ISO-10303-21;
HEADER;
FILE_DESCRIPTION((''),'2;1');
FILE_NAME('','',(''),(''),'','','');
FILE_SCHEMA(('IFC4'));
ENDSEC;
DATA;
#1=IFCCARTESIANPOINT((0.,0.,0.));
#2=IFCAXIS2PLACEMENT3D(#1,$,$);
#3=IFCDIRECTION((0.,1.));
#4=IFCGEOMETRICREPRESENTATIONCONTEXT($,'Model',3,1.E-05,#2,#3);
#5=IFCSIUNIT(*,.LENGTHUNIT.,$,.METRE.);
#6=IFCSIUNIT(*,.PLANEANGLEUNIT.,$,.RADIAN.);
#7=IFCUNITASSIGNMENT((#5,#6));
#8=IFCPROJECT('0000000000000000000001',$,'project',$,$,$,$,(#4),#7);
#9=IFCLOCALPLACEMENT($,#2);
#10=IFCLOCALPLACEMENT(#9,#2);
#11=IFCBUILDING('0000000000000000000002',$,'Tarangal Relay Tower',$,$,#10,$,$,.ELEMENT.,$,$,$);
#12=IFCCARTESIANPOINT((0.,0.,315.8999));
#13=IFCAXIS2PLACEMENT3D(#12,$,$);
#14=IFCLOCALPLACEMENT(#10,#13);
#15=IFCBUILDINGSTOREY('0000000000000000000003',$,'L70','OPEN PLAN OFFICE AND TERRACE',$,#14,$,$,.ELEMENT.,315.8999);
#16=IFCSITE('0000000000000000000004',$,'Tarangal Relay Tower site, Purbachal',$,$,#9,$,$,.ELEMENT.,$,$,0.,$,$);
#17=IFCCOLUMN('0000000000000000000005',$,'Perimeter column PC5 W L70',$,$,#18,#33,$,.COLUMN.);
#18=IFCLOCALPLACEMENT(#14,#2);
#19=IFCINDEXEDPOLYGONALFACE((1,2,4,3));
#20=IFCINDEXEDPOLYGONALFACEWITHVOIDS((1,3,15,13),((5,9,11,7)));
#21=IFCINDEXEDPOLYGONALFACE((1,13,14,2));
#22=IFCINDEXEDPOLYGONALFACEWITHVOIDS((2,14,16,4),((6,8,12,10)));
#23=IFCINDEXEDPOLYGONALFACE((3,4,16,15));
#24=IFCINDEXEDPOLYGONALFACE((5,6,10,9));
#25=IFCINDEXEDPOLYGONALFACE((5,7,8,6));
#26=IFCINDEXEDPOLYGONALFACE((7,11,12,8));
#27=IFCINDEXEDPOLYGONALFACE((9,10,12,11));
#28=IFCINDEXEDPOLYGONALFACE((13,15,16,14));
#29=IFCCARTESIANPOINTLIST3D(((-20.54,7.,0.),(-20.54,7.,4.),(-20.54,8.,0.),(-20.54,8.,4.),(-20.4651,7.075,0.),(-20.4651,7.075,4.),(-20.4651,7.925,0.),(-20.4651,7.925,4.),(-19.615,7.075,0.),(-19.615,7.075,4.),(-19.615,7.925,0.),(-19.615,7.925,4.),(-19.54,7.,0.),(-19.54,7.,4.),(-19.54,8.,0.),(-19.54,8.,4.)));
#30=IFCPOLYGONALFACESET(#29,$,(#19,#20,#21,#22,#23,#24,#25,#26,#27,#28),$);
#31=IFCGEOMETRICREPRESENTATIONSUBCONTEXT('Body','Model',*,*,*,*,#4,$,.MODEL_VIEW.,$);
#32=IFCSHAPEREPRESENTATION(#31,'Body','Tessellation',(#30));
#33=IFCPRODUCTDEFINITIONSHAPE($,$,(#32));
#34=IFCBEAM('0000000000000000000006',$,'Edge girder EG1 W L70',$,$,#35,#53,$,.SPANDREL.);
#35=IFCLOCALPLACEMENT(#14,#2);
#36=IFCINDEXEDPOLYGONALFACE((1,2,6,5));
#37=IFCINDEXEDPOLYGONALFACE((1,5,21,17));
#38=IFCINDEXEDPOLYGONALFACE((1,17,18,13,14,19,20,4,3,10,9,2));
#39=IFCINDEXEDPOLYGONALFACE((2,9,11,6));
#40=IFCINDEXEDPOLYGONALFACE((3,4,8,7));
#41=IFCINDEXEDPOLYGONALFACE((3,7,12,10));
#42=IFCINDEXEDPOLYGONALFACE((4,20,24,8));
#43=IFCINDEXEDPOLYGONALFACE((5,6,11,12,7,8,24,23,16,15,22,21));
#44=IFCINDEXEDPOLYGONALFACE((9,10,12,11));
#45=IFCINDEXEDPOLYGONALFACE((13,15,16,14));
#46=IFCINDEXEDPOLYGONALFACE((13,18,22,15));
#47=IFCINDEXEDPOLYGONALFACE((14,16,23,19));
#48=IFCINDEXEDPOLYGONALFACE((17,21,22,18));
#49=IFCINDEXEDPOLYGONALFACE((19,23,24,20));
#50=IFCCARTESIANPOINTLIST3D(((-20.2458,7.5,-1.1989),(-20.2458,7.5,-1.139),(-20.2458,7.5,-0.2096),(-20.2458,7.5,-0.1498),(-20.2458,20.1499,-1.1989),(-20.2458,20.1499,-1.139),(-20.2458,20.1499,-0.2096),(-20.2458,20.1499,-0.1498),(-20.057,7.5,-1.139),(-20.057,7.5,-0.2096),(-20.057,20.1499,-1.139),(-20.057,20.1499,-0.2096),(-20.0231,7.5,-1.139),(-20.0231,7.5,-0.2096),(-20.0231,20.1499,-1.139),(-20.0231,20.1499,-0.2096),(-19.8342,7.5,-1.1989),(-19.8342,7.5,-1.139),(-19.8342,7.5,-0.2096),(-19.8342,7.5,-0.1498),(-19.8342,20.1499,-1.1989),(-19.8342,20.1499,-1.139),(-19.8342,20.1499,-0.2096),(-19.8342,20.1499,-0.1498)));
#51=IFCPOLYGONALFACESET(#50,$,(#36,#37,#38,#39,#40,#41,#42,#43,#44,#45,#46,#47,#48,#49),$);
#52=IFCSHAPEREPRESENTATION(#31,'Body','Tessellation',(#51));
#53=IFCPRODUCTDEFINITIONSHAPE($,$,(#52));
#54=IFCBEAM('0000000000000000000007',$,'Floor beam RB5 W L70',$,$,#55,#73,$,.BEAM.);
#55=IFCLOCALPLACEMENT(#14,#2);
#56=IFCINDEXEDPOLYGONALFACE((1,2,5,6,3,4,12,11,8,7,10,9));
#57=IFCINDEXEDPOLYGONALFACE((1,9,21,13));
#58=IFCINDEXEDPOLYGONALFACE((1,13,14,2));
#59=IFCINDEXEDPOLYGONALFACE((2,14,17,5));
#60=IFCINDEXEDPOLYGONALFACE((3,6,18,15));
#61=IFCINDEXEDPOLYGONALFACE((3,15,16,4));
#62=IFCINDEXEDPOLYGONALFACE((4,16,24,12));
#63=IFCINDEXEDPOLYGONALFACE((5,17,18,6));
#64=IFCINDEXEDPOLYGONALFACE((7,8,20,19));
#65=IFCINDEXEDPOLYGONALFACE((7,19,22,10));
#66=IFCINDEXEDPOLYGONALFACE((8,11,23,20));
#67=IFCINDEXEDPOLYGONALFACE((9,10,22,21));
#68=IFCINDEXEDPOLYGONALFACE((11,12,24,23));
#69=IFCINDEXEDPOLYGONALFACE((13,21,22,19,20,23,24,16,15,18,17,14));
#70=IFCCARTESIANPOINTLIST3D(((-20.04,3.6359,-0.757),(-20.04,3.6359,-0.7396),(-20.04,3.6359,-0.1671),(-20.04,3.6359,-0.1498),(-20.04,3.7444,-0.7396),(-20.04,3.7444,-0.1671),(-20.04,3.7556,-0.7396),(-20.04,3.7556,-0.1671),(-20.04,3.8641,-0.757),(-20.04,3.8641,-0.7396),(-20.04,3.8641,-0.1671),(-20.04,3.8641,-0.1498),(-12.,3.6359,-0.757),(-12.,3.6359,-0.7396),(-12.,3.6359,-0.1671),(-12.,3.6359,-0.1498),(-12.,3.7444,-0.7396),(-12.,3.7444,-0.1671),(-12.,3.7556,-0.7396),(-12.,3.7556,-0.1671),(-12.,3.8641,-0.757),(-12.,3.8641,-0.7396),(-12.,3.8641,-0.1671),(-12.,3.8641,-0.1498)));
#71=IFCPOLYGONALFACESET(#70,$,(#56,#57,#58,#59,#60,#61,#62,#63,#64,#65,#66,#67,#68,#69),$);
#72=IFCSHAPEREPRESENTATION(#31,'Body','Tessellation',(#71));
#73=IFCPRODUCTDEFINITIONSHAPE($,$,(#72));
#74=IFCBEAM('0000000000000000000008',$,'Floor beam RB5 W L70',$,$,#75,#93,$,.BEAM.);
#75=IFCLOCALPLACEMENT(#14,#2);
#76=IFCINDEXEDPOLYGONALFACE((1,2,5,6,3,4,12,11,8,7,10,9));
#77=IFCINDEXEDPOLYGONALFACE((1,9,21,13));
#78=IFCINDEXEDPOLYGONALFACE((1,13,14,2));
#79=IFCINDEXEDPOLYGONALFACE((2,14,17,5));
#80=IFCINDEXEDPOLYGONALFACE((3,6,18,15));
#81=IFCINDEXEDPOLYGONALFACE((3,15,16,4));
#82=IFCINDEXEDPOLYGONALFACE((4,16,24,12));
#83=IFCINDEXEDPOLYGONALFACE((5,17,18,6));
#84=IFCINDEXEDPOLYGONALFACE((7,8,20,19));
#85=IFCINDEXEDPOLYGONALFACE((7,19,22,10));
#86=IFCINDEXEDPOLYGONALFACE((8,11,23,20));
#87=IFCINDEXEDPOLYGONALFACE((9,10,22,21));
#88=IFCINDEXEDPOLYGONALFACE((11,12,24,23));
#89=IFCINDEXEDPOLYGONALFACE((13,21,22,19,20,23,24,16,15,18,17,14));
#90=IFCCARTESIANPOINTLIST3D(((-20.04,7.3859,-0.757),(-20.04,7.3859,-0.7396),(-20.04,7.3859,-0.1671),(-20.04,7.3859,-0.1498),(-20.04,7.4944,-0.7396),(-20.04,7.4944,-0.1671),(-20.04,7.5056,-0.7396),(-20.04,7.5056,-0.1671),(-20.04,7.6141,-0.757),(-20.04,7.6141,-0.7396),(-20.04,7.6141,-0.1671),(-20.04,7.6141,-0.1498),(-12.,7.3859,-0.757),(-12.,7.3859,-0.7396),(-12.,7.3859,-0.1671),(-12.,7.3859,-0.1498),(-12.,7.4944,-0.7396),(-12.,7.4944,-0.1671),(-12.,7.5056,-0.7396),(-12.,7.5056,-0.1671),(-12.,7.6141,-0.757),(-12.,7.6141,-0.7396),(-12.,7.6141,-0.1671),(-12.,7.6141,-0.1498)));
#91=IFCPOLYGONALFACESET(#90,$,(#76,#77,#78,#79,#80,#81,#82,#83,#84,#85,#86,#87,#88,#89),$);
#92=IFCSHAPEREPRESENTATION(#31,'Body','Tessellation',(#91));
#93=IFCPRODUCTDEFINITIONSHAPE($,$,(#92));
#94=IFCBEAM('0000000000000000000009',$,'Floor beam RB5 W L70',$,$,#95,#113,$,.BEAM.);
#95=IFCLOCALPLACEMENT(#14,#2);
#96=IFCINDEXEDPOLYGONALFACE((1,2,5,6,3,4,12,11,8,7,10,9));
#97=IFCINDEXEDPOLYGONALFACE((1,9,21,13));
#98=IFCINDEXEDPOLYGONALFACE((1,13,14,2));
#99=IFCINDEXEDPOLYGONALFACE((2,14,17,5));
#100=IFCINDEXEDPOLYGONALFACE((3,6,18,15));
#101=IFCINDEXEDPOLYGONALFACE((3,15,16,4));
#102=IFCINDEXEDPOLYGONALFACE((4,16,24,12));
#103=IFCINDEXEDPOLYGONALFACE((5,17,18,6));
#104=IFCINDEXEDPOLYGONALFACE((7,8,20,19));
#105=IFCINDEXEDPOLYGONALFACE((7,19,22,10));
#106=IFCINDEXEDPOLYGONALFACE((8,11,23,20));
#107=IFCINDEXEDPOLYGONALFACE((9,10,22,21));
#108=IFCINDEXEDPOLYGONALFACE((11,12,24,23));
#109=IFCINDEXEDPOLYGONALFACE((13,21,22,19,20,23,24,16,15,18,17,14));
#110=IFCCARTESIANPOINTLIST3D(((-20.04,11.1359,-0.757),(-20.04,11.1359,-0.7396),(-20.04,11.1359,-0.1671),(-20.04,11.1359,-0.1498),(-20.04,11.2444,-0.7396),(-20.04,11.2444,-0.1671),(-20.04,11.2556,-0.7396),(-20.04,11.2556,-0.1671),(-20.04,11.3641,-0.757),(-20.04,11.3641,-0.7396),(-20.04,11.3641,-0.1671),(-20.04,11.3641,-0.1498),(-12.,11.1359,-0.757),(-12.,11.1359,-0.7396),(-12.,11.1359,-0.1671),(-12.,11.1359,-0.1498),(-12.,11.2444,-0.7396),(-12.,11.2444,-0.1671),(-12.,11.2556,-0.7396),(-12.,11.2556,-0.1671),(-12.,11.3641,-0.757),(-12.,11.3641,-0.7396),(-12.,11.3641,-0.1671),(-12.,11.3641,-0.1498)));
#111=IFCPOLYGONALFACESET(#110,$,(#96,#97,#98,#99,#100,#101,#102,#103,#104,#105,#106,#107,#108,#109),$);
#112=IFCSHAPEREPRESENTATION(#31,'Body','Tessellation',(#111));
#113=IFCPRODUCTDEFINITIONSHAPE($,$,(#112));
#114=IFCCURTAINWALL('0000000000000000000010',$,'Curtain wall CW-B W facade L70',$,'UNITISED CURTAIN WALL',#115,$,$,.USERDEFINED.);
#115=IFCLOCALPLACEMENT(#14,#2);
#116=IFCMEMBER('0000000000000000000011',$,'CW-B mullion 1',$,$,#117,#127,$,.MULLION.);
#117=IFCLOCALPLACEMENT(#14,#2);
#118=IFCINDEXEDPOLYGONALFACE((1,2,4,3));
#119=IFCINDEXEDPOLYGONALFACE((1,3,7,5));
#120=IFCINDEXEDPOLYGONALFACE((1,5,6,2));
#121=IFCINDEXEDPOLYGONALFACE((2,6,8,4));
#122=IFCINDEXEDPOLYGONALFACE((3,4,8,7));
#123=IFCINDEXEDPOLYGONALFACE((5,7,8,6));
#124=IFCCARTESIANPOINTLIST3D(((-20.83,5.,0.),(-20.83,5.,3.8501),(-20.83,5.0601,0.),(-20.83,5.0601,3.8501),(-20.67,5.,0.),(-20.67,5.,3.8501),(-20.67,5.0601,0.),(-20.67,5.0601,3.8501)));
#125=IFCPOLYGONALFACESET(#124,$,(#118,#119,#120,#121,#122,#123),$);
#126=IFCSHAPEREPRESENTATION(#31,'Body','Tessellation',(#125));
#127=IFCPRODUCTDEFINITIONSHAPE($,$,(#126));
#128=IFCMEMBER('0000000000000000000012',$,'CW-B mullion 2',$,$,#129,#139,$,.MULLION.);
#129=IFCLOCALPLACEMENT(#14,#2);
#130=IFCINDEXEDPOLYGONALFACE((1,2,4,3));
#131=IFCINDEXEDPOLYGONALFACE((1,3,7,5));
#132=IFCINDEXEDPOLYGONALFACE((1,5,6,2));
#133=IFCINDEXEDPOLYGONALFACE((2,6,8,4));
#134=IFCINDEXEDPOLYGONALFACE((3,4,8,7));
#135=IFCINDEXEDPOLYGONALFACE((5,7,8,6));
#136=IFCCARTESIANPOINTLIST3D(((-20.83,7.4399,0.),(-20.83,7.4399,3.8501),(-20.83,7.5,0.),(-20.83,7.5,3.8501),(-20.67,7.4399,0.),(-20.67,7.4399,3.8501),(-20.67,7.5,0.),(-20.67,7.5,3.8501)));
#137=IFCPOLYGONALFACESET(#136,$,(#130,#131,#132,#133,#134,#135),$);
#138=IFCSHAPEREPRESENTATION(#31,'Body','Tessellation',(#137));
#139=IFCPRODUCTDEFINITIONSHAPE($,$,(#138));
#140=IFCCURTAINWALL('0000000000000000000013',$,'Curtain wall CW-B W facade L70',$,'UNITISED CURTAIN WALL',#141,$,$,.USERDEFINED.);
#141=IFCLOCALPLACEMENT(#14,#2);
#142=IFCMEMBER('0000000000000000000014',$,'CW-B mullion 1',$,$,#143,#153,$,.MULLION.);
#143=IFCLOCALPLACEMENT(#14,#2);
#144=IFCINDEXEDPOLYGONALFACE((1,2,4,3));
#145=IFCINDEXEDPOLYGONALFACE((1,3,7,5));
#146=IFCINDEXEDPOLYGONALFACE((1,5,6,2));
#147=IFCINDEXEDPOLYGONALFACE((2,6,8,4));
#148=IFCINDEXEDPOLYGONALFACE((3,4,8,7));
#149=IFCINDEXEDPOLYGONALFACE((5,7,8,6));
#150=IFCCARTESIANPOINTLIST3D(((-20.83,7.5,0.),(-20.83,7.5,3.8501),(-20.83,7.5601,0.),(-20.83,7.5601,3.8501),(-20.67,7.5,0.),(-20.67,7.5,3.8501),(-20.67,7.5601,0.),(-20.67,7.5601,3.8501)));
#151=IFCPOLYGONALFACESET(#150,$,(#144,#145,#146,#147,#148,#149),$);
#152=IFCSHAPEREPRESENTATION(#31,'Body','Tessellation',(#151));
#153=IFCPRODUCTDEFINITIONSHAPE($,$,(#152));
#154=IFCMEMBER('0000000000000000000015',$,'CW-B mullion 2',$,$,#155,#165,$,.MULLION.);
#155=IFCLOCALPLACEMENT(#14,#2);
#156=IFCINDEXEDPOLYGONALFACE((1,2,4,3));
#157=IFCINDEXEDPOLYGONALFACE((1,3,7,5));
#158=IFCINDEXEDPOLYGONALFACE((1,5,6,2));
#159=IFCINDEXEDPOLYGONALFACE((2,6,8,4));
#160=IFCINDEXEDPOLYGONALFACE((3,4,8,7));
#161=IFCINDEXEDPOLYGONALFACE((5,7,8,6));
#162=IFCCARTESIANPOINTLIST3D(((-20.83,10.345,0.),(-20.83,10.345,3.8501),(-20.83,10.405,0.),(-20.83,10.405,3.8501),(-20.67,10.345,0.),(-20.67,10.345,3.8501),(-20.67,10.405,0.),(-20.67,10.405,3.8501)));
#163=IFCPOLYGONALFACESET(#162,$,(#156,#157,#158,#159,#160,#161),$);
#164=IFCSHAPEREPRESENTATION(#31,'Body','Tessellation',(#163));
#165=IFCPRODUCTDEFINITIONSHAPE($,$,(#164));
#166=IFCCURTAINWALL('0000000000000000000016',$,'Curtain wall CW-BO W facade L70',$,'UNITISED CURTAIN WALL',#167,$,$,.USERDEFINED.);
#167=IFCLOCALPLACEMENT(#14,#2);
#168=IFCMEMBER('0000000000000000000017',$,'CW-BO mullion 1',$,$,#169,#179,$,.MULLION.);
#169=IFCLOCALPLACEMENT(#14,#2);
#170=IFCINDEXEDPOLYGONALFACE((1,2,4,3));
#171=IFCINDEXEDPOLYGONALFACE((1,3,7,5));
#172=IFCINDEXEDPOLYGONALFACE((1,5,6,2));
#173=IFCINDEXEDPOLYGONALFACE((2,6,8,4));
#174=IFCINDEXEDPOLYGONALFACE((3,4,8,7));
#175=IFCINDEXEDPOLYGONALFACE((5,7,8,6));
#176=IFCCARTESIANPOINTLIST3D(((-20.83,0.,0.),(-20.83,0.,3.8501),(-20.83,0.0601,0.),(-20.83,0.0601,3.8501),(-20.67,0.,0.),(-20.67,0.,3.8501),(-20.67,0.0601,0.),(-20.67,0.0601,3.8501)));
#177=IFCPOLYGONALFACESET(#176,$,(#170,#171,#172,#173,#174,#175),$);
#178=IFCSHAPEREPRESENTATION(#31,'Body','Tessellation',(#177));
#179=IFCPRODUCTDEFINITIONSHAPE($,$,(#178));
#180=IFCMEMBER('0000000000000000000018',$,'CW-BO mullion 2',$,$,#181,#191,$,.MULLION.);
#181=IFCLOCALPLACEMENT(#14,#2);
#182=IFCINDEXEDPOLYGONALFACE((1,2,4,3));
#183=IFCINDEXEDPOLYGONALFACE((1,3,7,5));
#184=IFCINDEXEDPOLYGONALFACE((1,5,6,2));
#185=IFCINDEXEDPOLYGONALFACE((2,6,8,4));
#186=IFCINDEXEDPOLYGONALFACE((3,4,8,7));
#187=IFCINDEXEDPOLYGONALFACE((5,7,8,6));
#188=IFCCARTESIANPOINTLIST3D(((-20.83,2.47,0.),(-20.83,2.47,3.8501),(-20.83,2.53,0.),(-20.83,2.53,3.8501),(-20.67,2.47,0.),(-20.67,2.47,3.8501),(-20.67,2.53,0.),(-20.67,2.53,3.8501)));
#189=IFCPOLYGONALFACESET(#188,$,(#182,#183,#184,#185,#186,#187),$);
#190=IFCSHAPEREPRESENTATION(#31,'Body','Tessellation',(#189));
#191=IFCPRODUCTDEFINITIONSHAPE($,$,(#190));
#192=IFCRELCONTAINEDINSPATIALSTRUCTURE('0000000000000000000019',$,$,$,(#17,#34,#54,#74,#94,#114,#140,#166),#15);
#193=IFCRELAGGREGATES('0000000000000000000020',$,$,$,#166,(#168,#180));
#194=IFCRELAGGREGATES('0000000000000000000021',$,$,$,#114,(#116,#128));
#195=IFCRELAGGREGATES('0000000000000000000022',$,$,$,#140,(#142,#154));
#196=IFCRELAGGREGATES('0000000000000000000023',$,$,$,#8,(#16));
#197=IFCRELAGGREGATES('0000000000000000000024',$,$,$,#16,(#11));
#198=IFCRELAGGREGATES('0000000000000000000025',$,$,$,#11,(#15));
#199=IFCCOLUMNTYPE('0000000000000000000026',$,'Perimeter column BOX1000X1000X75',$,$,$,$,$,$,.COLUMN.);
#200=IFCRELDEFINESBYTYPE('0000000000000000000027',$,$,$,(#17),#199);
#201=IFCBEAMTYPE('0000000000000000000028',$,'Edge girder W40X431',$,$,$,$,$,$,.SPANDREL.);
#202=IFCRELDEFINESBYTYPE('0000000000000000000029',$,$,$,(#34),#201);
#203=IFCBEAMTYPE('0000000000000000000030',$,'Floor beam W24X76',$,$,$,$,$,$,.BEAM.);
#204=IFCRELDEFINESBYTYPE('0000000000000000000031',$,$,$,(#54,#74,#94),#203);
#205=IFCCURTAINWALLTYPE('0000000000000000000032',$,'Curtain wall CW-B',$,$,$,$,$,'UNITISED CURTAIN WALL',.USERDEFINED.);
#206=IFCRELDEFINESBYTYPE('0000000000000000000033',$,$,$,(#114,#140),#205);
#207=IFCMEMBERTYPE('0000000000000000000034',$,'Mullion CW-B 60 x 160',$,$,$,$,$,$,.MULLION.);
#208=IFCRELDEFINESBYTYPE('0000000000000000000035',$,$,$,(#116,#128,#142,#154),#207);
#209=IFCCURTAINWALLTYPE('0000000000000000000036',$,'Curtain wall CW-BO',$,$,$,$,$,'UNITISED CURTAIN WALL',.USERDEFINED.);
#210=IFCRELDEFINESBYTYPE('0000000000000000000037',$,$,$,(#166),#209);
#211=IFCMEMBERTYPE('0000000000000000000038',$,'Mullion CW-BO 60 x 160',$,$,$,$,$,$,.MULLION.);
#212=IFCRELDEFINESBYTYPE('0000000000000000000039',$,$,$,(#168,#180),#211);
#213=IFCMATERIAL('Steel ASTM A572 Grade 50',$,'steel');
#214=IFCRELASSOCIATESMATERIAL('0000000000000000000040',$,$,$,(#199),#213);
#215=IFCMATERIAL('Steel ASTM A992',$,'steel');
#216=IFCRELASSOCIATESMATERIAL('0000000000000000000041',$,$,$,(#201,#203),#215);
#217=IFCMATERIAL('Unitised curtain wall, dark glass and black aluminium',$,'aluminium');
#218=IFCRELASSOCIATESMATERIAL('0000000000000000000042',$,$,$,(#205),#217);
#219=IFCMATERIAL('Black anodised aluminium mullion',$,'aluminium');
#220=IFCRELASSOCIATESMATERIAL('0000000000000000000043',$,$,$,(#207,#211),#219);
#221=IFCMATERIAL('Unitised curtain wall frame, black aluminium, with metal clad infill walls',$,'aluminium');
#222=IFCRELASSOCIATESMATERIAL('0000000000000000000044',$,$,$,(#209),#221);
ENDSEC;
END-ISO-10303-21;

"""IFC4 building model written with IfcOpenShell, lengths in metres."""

from ifc_helpers import new_model, si_unit, direction, frame, origin, origin_2d, place, context, subcontext, project, spatial, rectangle, hollow_rectangle, i_section, extrude, material, material_profile, profile_set, type_object, element, aggregate, save


model = new_model("IFC4")

# Units and contexts
model_context = context("Model", 3, precision=1e-05, world=origin(), true_north=direction((0.0, 1.0)))
body_context = subcontext(model_context, "Body", "Model", "MODEL_VIEW")
ifc_project = project(units=[si_unit("LENGTHUNIT", "METRE"), si_unit("PLANEANGLEUNIT", "RADIAN")], contexts=[model_context])

# Site, building, storey
site_placement = place(None, origin())
site = spatial("IfcSite", under=ifc_project, at=site_placement, Name="Tarangal Relay Tower site, Purbachal", CompositionType="ELEMENT", RefElevation=0.0)
building_placement = place(site_placement, origin())
building = spatial("IfcBuilding", under=site, at=building_placement, Name="Tarangal Relay Tower", CompositionType="ELEMENT")
storey_placement = place(building_placement, frame((0.0, 0.0, 315.8999)))
storey = spatial("IfcBuildingStorey", under=building, at=storey_placement, Name="L70", Description="OPEN PLAN OFFICE AND TERRACE", CompositionType="ELEMENT", Elevation=315.8999)

# Column
ifc_material_1 = material(Name="Steel ASTM A572 Grade 50", Category="steel")
ifc_material_profile_1 = material_profile(ifc_material_1, hollow_rectangle(XDim=1.0, YDim=1.0, WallThickness=0.075, at=origin_2d()), Name="BOX1000X1000X75")
ifc_profile_set_1 = profile_set([ifc_material_profile_1], Name="Steel ASTM A572 Grade 50")
column_type = type_object("IfcColumnType", Name="Perimeter column BOX1000X1000X75", PredefinedType="COLUMN", material=ifc_profile_set_1)
column_placement = place(storey_placement, frame((-20.04, 7.5, 0.0), z_axis=(0.0, 0.0, 1.0), x_axis=(1.0, 0.0, 0.0)))
element("IfcColumn", 1, at=column_placement, inside=storey, type_object=column_type, Name="Perimeter column PC5 W L70", PredefinedType="COLUMN", context=body_context, shape_type="SweptSolid", body=[
    extrude(hollow_rectangle(XDim=1.0, YDim=1.0, WallThickness=0.075, at=origin_2d()), origin(), (0.0, 0.0, 1.0), 4.0),
])

# Beams
ifc_material_2 = material(Name="Steel ASTM A992", Category="steel")
ifc_material_profile_2 = material_profile(ifc_material_2, i_section(OverallWidth=0.4116, OverallDepth=1.0491, WebThickness=0.0339, FlangeThickness=0.0598, at=origin_2d()), Name="W40X431")
ifc_profile_set_2 = profile_set([ifc_material_profile_2], Name="Steel ASTM A992")
beam_type_1 = type_object("IfcBeamType", Name="Edge girder W40X431", PredefinedType="SPANDREL", material=ifc_profile_set_2)
beam_placement = place(storey_placement, frame((-20.04, 7.5, -0.6743), z_axis=(0.0, 1.0, 0.0), x_axis=(-1.0, 0.0, 0.0)))
element("IfcBeam", 2, at=beam_placement, inside=storey, type_object=beam_type_1, Name="Edge girder EG1 W L70", PredefinedType="SPANDREL", context=body_context, shape_type="SweptSolid", body=[
    extrude(i_section(OverallWidth=0.4116, OverallDepth=1.0491, WebThickness=0.0339, FlangeThickness=0.0598, at=origin_2d()), origin(), (0.0, 0.0, 1.0), 12.6499),
])
ifc_material_profile_3 = material_profile(ifc_material_2, i_section(OverallWidth=0.2283, OverallDepth=0.6072, WebThickness=0.0112, FlangeThickness=0.0173, at=origin_2d()), Name="W24X76")
ifc_profile_set_3 = profile_set([ifc_material_profile_3], Name="Steel ASTM A992")
beam_type_2 = type_object("IfcBeamType", Name="Floor beam W24X76", PredefinedType="BEAM", material=ifc_profile_set_3)
for number, where, z_axis, x_axis, name in (
    (3, (-12.0, 3.75, -0.4534), (-1.0, 0.0, 0.0), (0.0, -1.0, 0.0), "Floor beam RB5 W L70"),
    (4, (-12.0, 7.5, -0.4534), (-1.0, 0.0, 0.0), (0.0, -1.0, 0.0), "Floor beam RB5 W L70"),
    (5, (-12.0, 11.25, -0.4534), (-1.0, 0.0, 0.0), (0.0, -1.0, 0.0), "Floor beam RB5 W L70"),
):
    element("IfcBeam", number, at=place(storey_placement, frame(where, z_axis=z_axis, x_axis=x_axis)), inside=storey, type_object=beam_type_2, Name=name, PredefinedType="BEAM", context=body_context, shape_type="SweptSolid", body=[
        extrude(i_section(OverallWidth=0.2283, OverallDepth=0.6072, WebThickness=0.0112, FlangeThickness=0.0173, at=origin_2d()), origin(), (0.0, 0.0, 1.0), 8.04),
    ])

# Curtain walls, members
ifc_material_3 = material(Name="Unitised curtain wall, dark glass and black aluminium", Category="aluminium")
curtain_wall_type_1 = type_object("IfcCurtainWallType", Name="Curtain wall CW-B", ElementType="UNITISED CURTAIN WALL", PredefinedType="USERDEFINED", material=ifc_material_3)
curtain_wall_1_placement = place(storey_placement, origin())
curtain_wall_1 = element("IfcCurtainWall", 6, at=curtain_wall_1_placement, inside=storey, type_object=curtain_wall_type_1, Name="Curtain wall CW-B W facade L70", ObjectType="UNITISED CURTAIN WALL", PredefinedType="USERDEFINED")
ifc_material_4 = material(Name="Black anodised aluminium mullion", Category="aluminium")
ifc_material_profile_4 = material_profile(ifc_material_4, rectangle(XDim=0.1599, YDim=0.0601, at=origin_2d()), Name="CW-BM 60X160")
ifc_profile_set_4 = profile_set([ifc_material_profile_4], Name="Black anodised aluminium mullion")
member_type_1 = type_object("IfcMemberType", Name="Mullion CW-B 60 x 160", PredefinedType="MULLION", material=ifc_profile_set_4)
member_1_placement = place(storey_placement, frame((-20.75, 5.03, 0.0), z_axis=(0.0, 0.0, 1.0), x_axis=(-1.0, 0.0, 0.0)))
member_1 = element("IfcMember", 7, at=member_1_placement, type_object=member_type_1, Name="CW-B mullion 1", PredefinedType="MULLION", context=body_context, shape_type="SweptSolid", body=[
    extrude(rectangle(XDim=0.1599, YDim=0.0601, at=origin_2d()), origin(), (0.0, 0.0, 1.0), 3.8501),
])
member_2_placement = place(storey_placement, frame((-20.75, 7.47, 0.0), z_axis=(0.0, 0.0, 1.0), x_axis=(-1.0, 0.0, 0.0)))
member_2 = element("IfcMember", 8, at=member_2_placement, type_object=member_type_1, Name="CW-B mullion 2", PredefinedType="MULLION", context=body_context, shape_type="SweptSolid", body=[
    extrude(rectangle(XDim=0.1599, YDim=0.0601, at=origin_2d()), origin(), (0.0, 0.0, 1.0), 3.8501),
])
curtain_wall_2_placement = place(storey_placement, origin())
curtain_wall_2 = element("IfcCurtainWall", 9, at=curtain_wall_2_placement, inside=storey, type_object=curtain_wall_type_1, Name="Curtain wall CW-B W facade L70", ObjectType="UNITISED CURTAIN WALL", PredefinedType="USERDEFINED")
member_3_placement = place(storey_placement, frame((-20.75, 7.53, 0.0), z_axis=(0.0, 0.0, 1.0), x_axis=(-1.0, 0.0, 0.0)))
member_3 = element("IfcMember", 10, at=member_3_placement, type_object=member_type_1, Name="CW-B mullion 1", PredefinedType="MULLION", context=body_context, shape_type="SweptSolid", body=[
    extrude(rectangle(XDim=0.1599, YDim=0.0601, at=origin_2d()), origin(), (0.0, 0.0, 1.0), 3.8501),
])
member_4_placement = place(storey_placement, frame((-20.75, 10.375, 0.0), z_axis=(0.0, 0.0, 1.0), x_axis=(-1.0, 0.0, 0.0)))
member_4 = element("IfcMember", 11, at=member_4_placement, type_object=member_type_1, Name="CW-B mullion 2", PredefinedType="MULLION", context=body_context, shape_type="SweptSolid", body=[
    extrude(rectangle(XDim=0.1599, YDim=0.0601, at=origin_2d()), origin(), (0.0, 0.0, 1.0), 3.8501),
])
ifc_material_5 = material(Name="Unitised curtain wall frame, black aluminium, with metal clad infill walls", Category="aluminium")
curtain_wall_type_2 = type_object("IfcCurtainWallType", Name="Curtain wall CW-BO", ElementType="UNITISED CURTAIN WALL", PredefinedType="USERDEFINED", material=ifc_material_5)
curtain_wall_3_placement = place(storey_placement, origin())
curtain_wall_3 = element("IfcCurtainWall", 12, at=curtain_wall_3_placement, inside=storey, type_object=curtain_wall_type_2, Name="Curtain wall CW-BO W facade L70", ObjectType="UNITISED CURTAIN WALL", PredefinedType="USERDEFINED")
ifc_material_profile_5 = material_profile(ifc_material_4, rectangle(XDim=0.1599, YDim=0.0601, at=origin_2d()), Name="CW-BOM 60X160")
ifc_profile_set_5 = profile_set([ifc_material_profile_5], Name="Black anodised aluminium mullion")
member_type_2 = type_object("IfcMemberType", Name="Mullion CW-BO 60 x 160", PredefinedType="MULLION", material=ifc_profile_set_5)
member_5_placement = place(storey_placement, frame((-20.75, 0.03, 0.0), z_axis=(0.0, 0.0, 1.0), x_axis=(-1.0, 0.0, 0.0)))
member_5 = element("IfcMember", 13, at=member_5_placement, type_object=member_type_2, Name="CW-BO mullion 1", PredefinedType="MULLION", context=body_context, shape_type="SweptSolid", body=[
    extrude(rectangle(XDim=0.1599, YDim=0.0601, at=origin_2d()), origin(), (0.0, 0.0, 1.0), 3.8501),
])
member_6_placement = place(storey_placement, frame((-20.75, 2.5, 0.0), z_axis=(0.0, 0.0, 1.0), x_axis=(-1.0, 0.0, 0.0)))
member_6 = element("IfcMember", 14, at=member_6_placement, type_object=member_type_2, Name="CW-BO mullion 2", PredefinedType="MULLION", context=body_context, shape_type="SweptSolid", body=[
    extrude(rectangle(XDim=0.1599, YDim=0.0601, at=origin_2d()), origin(), (0.0, 0.0, 1.0), 3.8501),
])

aggregate(curtain_wall_3, [member_5, member_6])

aggregate(curtain_wall_1, [member_1, member_2])
aggregate(curtain_wall_2, [member_3, member_4])

save(model, "model.ifc")
